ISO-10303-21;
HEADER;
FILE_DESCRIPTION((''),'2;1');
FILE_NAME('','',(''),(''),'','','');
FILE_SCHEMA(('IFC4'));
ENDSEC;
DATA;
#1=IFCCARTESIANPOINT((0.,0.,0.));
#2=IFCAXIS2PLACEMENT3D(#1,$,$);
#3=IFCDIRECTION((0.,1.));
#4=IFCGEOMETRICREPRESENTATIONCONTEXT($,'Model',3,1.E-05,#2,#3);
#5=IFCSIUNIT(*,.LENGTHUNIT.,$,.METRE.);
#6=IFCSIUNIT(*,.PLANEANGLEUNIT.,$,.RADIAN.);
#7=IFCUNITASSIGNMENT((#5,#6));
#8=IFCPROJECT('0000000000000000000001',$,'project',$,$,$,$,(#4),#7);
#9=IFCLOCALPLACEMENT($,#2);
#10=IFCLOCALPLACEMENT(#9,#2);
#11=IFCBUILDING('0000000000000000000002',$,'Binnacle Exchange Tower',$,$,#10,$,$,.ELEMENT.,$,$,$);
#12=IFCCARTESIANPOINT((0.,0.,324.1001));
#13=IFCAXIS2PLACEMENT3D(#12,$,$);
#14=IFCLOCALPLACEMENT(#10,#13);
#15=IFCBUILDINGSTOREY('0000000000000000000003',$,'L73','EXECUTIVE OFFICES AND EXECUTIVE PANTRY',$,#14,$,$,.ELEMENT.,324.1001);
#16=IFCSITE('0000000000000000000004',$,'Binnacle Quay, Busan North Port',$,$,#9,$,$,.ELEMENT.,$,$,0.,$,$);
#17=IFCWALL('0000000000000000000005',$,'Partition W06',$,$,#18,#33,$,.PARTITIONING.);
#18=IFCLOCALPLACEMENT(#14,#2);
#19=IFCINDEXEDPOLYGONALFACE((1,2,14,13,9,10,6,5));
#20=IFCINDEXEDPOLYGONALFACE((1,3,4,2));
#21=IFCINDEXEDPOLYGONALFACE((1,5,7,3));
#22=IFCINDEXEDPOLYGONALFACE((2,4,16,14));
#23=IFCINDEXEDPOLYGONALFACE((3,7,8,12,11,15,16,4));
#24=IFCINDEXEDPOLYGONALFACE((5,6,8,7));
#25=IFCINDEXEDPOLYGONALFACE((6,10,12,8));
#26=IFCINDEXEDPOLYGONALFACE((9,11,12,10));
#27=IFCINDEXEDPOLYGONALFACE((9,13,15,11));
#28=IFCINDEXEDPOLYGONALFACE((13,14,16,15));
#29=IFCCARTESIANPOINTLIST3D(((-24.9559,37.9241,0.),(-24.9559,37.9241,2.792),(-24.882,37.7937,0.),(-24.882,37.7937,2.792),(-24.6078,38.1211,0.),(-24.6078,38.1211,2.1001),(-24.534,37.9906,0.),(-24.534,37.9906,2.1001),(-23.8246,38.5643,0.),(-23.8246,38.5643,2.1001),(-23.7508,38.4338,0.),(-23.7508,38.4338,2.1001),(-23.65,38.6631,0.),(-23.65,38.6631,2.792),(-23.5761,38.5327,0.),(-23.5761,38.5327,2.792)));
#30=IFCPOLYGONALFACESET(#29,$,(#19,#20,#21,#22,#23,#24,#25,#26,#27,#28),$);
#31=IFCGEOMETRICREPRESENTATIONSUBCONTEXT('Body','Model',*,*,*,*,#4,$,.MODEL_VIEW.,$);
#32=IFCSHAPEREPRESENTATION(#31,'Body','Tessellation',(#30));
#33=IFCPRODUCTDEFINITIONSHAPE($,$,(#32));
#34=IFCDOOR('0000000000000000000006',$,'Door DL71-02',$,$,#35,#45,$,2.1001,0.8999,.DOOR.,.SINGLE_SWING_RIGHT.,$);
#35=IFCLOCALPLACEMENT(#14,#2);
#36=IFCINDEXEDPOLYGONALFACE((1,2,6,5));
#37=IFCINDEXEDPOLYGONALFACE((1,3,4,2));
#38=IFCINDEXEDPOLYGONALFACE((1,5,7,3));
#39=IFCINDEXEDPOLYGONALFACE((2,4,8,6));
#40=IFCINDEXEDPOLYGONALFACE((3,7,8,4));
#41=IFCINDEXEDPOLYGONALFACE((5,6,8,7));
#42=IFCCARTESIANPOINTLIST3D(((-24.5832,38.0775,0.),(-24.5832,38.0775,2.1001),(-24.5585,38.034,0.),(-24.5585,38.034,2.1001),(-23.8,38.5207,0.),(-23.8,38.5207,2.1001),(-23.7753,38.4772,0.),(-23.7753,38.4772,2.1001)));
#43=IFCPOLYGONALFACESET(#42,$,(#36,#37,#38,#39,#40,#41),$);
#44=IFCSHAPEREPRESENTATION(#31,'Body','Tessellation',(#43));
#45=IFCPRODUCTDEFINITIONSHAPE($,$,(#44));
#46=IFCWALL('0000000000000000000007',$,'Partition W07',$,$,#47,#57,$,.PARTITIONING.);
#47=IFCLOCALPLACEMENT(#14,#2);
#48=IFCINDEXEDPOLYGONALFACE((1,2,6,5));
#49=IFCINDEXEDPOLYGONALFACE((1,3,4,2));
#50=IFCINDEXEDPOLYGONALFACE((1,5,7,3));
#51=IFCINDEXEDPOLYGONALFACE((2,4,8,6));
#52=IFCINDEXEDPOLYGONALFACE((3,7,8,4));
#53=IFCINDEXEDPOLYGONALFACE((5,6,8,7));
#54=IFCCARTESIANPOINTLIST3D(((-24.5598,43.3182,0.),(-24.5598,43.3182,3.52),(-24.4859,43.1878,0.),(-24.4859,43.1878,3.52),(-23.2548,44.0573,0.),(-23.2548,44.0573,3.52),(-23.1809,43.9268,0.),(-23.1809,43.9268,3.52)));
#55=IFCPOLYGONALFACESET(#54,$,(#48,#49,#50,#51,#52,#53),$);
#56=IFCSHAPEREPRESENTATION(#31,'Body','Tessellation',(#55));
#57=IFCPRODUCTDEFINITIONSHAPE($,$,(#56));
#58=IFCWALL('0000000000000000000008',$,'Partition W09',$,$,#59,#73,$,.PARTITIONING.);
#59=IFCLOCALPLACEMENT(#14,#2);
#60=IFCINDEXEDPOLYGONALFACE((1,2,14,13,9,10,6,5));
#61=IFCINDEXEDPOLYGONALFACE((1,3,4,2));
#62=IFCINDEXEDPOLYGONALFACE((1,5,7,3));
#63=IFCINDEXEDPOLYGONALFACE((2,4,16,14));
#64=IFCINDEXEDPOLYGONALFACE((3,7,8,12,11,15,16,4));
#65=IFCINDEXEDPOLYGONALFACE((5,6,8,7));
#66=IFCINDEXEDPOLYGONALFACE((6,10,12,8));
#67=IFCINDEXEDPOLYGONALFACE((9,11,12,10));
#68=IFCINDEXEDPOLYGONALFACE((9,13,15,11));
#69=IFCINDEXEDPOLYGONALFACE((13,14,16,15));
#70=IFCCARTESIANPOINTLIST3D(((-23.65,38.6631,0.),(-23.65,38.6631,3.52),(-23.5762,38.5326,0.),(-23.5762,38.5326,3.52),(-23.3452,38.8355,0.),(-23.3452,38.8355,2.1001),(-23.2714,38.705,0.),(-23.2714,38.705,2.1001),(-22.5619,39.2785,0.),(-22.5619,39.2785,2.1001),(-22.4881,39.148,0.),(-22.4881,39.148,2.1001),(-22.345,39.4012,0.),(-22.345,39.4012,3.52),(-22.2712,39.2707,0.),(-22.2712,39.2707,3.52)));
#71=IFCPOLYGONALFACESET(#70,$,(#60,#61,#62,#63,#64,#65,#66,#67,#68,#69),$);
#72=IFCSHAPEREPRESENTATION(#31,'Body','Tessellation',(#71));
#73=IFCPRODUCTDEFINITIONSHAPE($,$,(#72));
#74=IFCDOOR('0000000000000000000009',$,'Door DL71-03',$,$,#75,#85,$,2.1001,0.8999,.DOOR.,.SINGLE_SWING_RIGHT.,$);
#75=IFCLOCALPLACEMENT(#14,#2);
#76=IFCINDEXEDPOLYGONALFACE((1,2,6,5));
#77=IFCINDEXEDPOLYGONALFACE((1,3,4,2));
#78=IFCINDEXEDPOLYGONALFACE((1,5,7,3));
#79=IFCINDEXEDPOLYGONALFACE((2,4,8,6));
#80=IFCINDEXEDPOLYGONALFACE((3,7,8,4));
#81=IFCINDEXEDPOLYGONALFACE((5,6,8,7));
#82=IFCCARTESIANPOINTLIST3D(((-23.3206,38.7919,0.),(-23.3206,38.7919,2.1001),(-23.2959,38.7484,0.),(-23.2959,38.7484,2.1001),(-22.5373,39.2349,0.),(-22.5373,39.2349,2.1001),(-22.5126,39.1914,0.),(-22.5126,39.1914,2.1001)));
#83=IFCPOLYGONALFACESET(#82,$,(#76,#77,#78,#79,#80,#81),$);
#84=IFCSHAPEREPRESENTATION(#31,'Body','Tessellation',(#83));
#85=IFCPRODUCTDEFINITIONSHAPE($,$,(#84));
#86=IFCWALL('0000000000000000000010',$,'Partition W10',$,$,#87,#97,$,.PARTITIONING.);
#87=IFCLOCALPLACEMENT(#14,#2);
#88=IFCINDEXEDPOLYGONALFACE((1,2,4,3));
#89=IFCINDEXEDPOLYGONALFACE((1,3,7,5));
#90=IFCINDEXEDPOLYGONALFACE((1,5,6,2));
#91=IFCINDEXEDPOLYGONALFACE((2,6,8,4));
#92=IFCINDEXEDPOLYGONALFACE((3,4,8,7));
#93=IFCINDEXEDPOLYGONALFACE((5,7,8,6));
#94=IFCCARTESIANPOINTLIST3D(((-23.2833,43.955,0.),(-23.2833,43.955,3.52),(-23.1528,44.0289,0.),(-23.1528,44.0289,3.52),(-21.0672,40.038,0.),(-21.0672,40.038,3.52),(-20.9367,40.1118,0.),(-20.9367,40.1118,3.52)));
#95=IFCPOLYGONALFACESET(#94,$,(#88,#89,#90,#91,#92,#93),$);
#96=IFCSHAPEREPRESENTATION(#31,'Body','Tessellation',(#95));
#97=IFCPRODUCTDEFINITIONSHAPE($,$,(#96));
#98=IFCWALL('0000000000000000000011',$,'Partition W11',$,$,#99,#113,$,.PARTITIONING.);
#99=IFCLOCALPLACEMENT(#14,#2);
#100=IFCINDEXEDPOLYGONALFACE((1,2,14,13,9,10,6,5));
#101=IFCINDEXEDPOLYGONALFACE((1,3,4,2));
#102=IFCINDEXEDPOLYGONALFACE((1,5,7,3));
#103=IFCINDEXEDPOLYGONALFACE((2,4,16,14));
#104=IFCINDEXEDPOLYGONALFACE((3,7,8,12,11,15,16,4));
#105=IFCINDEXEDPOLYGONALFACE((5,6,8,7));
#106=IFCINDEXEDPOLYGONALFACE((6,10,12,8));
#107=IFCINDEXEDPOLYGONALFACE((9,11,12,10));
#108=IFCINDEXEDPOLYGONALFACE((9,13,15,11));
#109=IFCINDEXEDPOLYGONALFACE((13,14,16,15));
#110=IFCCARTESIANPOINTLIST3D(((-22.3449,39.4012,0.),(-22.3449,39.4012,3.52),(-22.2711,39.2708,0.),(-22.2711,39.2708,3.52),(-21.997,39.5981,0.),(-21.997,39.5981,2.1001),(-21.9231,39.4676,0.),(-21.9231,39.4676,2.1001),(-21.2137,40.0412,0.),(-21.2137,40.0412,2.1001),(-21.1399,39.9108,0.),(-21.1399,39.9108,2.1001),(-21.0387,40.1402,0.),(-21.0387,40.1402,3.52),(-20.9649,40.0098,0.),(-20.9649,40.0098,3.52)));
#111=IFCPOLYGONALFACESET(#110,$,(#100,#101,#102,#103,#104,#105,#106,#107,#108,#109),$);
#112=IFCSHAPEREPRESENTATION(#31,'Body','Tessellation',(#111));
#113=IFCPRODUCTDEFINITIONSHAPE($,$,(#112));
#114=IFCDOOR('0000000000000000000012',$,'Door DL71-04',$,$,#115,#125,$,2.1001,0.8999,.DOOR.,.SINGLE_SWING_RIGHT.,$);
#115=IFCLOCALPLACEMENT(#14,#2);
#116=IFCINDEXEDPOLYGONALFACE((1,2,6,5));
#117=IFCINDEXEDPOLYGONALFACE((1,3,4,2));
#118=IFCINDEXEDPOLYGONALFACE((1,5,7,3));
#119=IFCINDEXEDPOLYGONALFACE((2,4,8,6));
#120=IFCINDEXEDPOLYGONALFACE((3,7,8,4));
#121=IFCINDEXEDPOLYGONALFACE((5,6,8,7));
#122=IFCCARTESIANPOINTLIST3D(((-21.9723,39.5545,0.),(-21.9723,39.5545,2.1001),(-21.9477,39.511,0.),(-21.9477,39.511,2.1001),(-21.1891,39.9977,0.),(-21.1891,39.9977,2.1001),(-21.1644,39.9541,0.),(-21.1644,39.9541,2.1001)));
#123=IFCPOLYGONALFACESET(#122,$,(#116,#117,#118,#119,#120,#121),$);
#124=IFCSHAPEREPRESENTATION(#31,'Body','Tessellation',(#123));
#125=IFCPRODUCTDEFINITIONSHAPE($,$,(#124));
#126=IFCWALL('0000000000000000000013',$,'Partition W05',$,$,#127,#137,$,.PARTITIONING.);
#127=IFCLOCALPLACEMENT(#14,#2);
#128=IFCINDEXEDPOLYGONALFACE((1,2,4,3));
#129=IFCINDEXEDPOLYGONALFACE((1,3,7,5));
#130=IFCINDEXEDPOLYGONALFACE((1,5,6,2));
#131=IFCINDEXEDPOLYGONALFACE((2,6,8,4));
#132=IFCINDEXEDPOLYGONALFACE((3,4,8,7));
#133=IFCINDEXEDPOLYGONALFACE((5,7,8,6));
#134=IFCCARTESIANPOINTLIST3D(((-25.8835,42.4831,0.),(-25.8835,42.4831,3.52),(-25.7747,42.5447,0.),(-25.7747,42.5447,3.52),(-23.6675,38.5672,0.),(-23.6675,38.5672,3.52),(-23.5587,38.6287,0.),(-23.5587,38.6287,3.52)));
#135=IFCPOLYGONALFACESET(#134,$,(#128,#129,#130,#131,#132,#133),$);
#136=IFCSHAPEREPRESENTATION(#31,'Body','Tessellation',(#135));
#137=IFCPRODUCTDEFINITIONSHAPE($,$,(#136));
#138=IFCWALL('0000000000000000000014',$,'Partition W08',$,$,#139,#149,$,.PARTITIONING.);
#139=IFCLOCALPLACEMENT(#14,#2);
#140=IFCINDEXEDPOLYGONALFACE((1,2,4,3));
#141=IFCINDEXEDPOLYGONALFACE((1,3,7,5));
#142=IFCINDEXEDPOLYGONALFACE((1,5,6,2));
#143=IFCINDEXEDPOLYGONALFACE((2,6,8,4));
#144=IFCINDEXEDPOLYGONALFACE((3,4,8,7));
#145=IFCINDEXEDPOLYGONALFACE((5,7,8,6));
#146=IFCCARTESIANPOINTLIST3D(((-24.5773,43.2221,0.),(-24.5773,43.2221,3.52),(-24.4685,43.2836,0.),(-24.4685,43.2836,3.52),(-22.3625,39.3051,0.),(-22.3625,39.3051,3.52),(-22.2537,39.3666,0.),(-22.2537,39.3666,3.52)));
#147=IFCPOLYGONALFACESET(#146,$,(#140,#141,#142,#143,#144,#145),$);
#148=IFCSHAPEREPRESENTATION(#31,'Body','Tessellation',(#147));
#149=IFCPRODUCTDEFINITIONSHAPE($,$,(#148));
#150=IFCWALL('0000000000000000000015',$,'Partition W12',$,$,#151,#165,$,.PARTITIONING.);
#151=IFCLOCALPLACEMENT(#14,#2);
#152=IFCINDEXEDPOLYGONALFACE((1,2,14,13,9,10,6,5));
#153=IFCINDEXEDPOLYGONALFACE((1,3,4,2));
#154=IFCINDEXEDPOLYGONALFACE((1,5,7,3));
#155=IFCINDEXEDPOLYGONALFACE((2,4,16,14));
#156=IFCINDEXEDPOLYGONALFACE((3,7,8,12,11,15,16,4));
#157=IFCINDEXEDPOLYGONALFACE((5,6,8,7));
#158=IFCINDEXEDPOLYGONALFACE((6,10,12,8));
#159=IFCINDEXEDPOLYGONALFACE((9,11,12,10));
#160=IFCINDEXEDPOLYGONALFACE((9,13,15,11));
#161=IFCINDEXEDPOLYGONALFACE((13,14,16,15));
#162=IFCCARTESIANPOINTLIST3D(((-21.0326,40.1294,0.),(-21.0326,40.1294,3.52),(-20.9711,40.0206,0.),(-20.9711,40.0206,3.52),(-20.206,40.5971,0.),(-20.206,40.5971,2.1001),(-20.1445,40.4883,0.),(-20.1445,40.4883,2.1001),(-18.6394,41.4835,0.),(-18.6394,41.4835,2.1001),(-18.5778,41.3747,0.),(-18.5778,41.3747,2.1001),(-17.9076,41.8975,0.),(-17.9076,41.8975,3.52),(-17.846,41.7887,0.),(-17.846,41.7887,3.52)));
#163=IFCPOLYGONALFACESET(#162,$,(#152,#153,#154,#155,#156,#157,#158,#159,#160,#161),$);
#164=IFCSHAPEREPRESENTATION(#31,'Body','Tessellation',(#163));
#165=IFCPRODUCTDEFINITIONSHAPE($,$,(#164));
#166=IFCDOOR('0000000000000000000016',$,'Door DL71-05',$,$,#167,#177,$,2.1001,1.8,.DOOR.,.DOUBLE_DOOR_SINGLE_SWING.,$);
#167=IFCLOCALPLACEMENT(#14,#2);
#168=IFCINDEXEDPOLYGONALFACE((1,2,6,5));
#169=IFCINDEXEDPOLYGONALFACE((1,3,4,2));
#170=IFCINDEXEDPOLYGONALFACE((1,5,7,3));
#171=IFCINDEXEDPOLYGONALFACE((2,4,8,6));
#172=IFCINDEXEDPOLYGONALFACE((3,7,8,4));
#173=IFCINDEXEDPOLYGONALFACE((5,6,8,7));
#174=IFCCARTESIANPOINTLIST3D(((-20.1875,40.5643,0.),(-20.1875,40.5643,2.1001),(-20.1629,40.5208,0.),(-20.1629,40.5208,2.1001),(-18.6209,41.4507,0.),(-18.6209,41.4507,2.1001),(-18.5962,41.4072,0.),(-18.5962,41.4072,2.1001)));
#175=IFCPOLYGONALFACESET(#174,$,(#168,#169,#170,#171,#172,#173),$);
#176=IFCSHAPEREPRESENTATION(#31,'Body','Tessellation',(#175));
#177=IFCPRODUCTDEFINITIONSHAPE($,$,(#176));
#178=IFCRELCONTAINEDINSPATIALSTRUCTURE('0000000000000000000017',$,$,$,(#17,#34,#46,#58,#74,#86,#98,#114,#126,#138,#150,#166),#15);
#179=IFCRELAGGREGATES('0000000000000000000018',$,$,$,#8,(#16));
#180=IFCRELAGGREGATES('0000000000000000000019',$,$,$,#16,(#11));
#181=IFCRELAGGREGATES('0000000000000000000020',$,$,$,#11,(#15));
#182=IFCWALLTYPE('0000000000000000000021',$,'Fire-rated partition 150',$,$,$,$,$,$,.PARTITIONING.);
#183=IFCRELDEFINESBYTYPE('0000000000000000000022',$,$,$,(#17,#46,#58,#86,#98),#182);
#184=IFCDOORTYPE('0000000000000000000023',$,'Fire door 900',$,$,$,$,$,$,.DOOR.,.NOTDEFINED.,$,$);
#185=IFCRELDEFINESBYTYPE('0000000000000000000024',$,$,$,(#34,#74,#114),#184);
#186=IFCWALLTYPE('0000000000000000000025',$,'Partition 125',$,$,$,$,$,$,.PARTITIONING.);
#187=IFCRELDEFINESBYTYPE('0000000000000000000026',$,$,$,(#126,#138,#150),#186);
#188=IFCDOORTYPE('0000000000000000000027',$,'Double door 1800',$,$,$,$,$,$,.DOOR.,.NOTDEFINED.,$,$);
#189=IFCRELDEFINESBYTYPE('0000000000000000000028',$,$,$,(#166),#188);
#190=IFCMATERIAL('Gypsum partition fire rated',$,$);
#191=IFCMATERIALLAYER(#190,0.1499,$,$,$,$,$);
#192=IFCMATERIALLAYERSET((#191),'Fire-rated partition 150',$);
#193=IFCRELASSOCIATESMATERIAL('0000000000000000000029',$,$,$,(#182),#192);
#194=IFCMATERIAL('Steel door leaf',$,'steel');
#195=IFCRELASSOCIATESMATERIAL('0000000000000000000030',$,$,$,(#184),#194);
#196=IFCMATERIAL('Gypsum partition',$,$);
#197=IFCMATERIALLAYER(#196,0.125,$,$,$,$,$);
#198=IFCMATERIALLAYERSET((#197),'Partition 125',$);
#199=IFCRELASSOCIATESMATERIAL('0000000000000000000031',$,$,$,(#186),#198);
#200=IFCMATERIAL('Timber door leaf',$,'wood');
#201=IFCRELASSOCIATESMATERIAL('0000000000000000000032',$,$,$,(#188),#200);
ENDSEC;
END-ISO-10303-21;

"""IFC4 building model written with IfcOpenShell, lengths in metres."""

from ifc_helpers import new_model, si_unit, direction, frame, frame_2d, origin, place, context, subcontext, project, spatial, rectangle, extrude, material, layer, layer_set, type_object, element, fill, save


model = new_model("IFC4")

# Units and contexts
model_context = context("Model", 3, precision=1e-05, world=origin(), true_north=direction((0.0, 1.0)))
body_context = subcontext(model_context, "Body", "Model", "MODEL_VIEW")
ifc_project = project(units=[si_unit("LENGTHUNIT", "METRE"), si_unit("PLANEANGLEUNIT", "RADIAN")], contexts=[model_context])

# Site, building, storey
site_placement = place(None, origin())
site = spatial("IfcSite", under=ifc_project, at=site_placement, Name="Binnacle Quay, Busan North Port", CompositionType="ELEMENT", RefElevation=0.0)
building_placement = place(site_placement, origin())
building = spatial("IfcBuilding", under=site, at=building_placement, Name="Binnacle Exchange Tower", CompositionType="ELEMENT")
storey_placement = place(building_placement, frame((0.0, 0.0, 324.1001)))
storey = spatial("IfcBuildingStorey", under=building, at=storey_placement, Name="L73", Description="EXECUTIVE OFFICES AND EXECUTIVE PANTRY", CompositionType="ELEMENT", Elevation=324.1001)

# Shared definitions
ifc_material_1 = material(Name="Steel door leaf", Category="steel")

# Shared definitions
ifc_material_2 = material(Name="Gypsum partition fire rated")
ifc_layer_1 = layer(ifc_material_2, 0.1499)
ifc_layer_set_1 = layer_set([ifc_layer_1], Name="Fire-rated partition 150")
wall_type_1 = type_object("IfcWallType", Name="Fire-rated partition 150", PredefinedType="PARTITIONING", material=ifc_layer_set_1)

# Wall, opening, door
wall_1_placement = place(storey_placement, frame((-24.9189, 37.8589, 0.0), z_axis=(0.0, 0.0, 1.0), x_axis=(0.870308, 0.492508, 0.0)))
wall_1 = element("IfcWall", 1, at=wall_1_placement, inside=storey, type_object=wall_type_1, Name="Partition W06", PredefinedType="PARTITIONING", context=body_context, shape_type="SweptSolid", body=[
    extrude(rectangle(XDim=1.5005, YDim=0.1499, at=frame_2d((0.7502, 0.0))), origin(), (0.0, 0.0, 1.0), 2.792),
])
opening_1_placement = place(wall_1_placement, frame((0.3999, 0.0, 0.0)))
opening_1 = element("IfcOpeningElement", 2, at=opening_1_placement, cuts=wall_1, PredefinedType="OPENING", context=body_context, shape_type="SweptSolid", body=[
    extrude(rectangle(XDim=0.8999, YDim=2.1001, at=frame_2d((0.45, 1.05))), frame((0.0, 0.085, 0.0), z_axis=(0.0, -1.0, 0.0), x_axis=(1.0, 0.0, 0.0)), (0.0, 0.0, 1.0), 0.1699),
])
door_type_1 = type_object("IfcDoorType", Name="Fire door 900", OperationType="NOTDEFINED", PredefinedType="DOOR", material=ifc_material_1)
door_1_placement = place(opening_1_placement, origin())
door_1 = element("IfcDoor", 3, at=door_1_placement, inside=storey, type_object=door_type_1, Name="Door DL71-02", OperationType="SINGLE_SWING_RIGHT", OverallHeight=2.1001, OverallWidth=0.8999, PredefinedType="DOOR", context=body_context, shape_type="SweptSolid", body=[
    extrude(rectangle(XDim=0.8999, YDim=2.1001, at=frame_2d((0.45, 1.05))), frame((0.0, 0.0249, 0.0), z_axis=(0.0, -1.0, 0.0), x_axis=(1.0, 0.0, 0.0)), (0.0, 0.0, 1.0), 0.05),
])
fill(opening_1, door_1)

# Wall
wall_2_placement = place(storey_placement, frame((-24.5229, 43.2529, 0.0), z_axis=(0.0, 0.0, 1.0), x_axis=(0.87015, 0.492787, 0.0)))
element("IfcWall", 4, at=wall_2_placement, inside=storey, type_object=wall_type_1, Name="Partition W07", PredefinedType="PARTITIONING", context=body_context, shape_type="SweptSolid", body=[
    extrude(rectangle(XDim=1.4998, YDim=0.1499, at=frame_2d((0.75, 0.0))), origin(), (0.0, 0.0, 1.0), 3.52),
])

# Wall, opening, door
wall_3_placement = place(storey_placement, frame((-23.613, 38.5979, 0.0), z_axis=(0.0, 0.0, 1.0), x_axis=(0.870429, 0.492293, 0.0)))
wall_3 = element("IfcWall", 5, at=wall_3_placement, inside=storey, type_object=wall_type_1, Name="Partition W09", PredefinedType="PARTITIONING", context=body_context, shape_type="SweptSolid", body=[
    extrude(rectangle(XDim=1.4993, YDim=0.1499, at=frame_2d((0.7495, 0.0))), origin(), (0.0, 0.0, 1.0), 3.52),
])
opening_2_placement = place(wall_3_placement, frame((0.3501, 0.0, 0.0)))
opening_2 = element("IfcOpeningElement", 6, at=opening_2_placement, cuts=wall_3, PredefinedType="OPENING", context=body_context, shape_type="SweptSolid", body=[
    extrude(rectangle(XDim=0.8999, YDim=2.1001, at=frame_2d((0.45, 1.05))), frame((0.0, 0.085, 0.0), z_axis=(0.0, -1.0, 0.0), x_axis=(1.0, 0.0, 0.0)), (0.0, 0.0, 1.0), 0.1699),
])
door_2_placement = place(opening_2_placement, origin())
door_2 = element("IfcDoor", 7, at=door_2_placement, inside=storey, type_object=door_type_1, Name="Door DL71-03", OperationType="SINGLE_SWING_RIGHT", OverallHeight=2.1001, OverallWidth=0.8999, PredefinedType="DOOR", context=body_context, shape_type="SweptSolid", body=[
    extrude(rectangle(XDim=0.8999, YDim=2.1001, at=frame_2d((0.45, 1.05))), frame((0.0, 0.0249, 0.0), z_axis=(0.0, -1.0, 0.0), x_axis=(1.0, 0.0, 0.0)), (0.0, 0.0, 1.0), 0.05),
])
fill(opening_2, door_2)

# Wall
wall_4_placement = place(storey_placement, frame((-23.218, 43.9919, 0.0), z_axis=(0.0, 0.0, 1.0), x_axis=(0.492413, -0.870362, 0.0)))
element("IfcWall", 8, at=wall_4_placement, inside=storey, type_object=wall_type_1, Name="Partition W10", PredefinedType="PARTITIONING", context=body_context, shape_type="SweptSolid", body=[
    extrude(rectangle(XDim=4.5005, YDim=0.1499, at=frame_2d((2.2502, 0.0))), origin(), (0.0, 0.0, 1.0), 3.52),
])

# Wall, opening, door
wall_5_placement = place(storey_placement, frame((-22.3081, 39.3359, 0.0), z_axis=(0.0, 0.0, 1.0), x_axis=(0.870348, 0.492438, 0.0)))
wall_5 = element("IfcWall", 9, at=wall_5_placement, inside=storey, type_object=wall_type_1, Name="Partition W11", PredefinedType="PARTITIONING", context=body_context, shape_type="SweptSolid", body=[
    extrude(rectangle(XDim=1.5007, YDim=0.1499, at=frame_2d((0.7505, 0.0))), origin(), (0.0, 0.0, 1.0), 3.52),
])
opening_3_placement = place(wall_5_placement, frame((0.3999, 0.0, 0.0)))
opening_3 = element("IfcOpeningElement", 10, at=opening_3_placement, cuts=wall_5, PredefinedType="OPENING", context=body_context, shape_type="SweptSolid", body=[
    extrude(rectangle(XDim=0.8999, YDim=2.1001, at=frame_2d((0.45, 1.05))), frame((0.0, 0.085, 0.0), z_axis=(0.0, -1.0, 0.0), x_axis=(1.0, 0.0, 0.0)), (0.0, 0.0, 1.0), 0.1699),
])
door_3_placement = place(opening_3_placement, origin())
door_3 = element("IfcDoor", 11, at=door_3_placement, inside=storey, type_object=door_type_1, Name="Door DL71-04", OperationType="SINGLE_SWING_RIGHT", OverallHeight=2.1001, OverallWidth=0.8999, PredefinedType="DOOR", context=body_context, shape_type="SweptSolid", body=[
    extrude(rectangle(XDim=0.8999, YDim=2.1001, at=frame_2d((0.45, 1.05))), frame((0.0, 0.0249, 0.0), z_axis=(0.0, -1.0, 0.0), x_axis=(1.0, 0.0, 0.0)), (0.0, 0.0, 1.0), 0.05),
])
fill(opening_3, door_3)

# Walls
ifc_material_3 = material(Name="Gypsum partition")
ifc_layer_2 = layer(ifc_material_3, 0.125)
ifc_layer_set_2 = layer_set([ifc_layer_2], Name="Partition 125")
wall_type_2 = type_object("IfcWallType", Name="Partition 125", PredefinedType="PARTITIONING", material=ifc_layer_set_2)
wall_6_placement = place(storey_placement, frame((-25.8291, 42.5139, 0.0), z_axis=(0.0, 0.0, 1.0), x_axis=(0.492506, -0.870309, 0.0)))
element("IfcWall", 12, at=wall_6_placement, inside=storey, type_object=wall_type_2, Name="Partition W05", PredefinedType="PARTITIONING", context=body_context, shape_type="SweptSolid", body=[
    extrude(rectangle(XDim=4.4995, YDim=0.125, at=frame_2d((2.2498, 0.0))), origin(), (0.0, 0.0, 1.0), 3.52),
])
wall_7_placement = place(storey_placement, frame((-24.5229, 43.2529, 0.0), z_axis=(0.0, 0.0, 1.0), x_axis=(0.492207, -0.870478, 0.0)))
element("IfcWall", 13, at=wall_7_placement, inside=storey, type_object=wall_type_2, Name="Partition W08", PredefinedType="PARTITIONING", context=body_context, shape_type="SweptSolid", body=[
    extrude(rectangle(XDim=4.4998, YDim=0.125, at=frame_2d((2.25, 0.0))), origin(), (0.0, 0.0, 1.0), 3.52),
])

# Wall, opening, door
wall_8_placement = place(storey_placement, frame((-21.002, 40.075, 0.0), z_axis=(0.0, 0.0, 1.0), x_axis=(0.870353, 0.492429, 0.0)))
wall_8 = element("IfcWall", 14, at=wall_8_placement, inside=storey, type_object=wall_type_2, Name="Partition W12", PredefinedType="PARTITIONING", context=body_context, shape_type="SweptSolid", body=[
    extrude(rectangle(XDim=3.5906, YDim=0.125, at=frame_2d((1.7954, 0.0))), origin(), (0.0, 0.0, 1.0), 3.52),
])
opening_4_placement = place(wall_8_placement, frame((0.95, 0.0, 0.0)))
opening_4 = element("IfcOpeningElement", 15, at=opening_4_placement, cuts=wall_8, PredefinedType="OPENING", context=body_context, shape_type="SweptSolid", body=[
    extrude(rectangle(XDim=1.8, YDim=2.1001, at=frame_2d((0.8999, 1.05))), frame((0.0, 0.0725, 0.0), z_axis=(0.0, -1.0, 0.0), x_axis=(1.0, 0.0, 0.0)), (0.0, 0.0, 1.0), 0.145),
])
ifc_material_4 = material(Name="Timber door leaf", Category="wood")
door_type_2 = type_object("IfcDoorType", Name="Double door 1800", OperationType="NOTDEFINED", PredefinedType="DOOR", material=ifc_material_4)
door_4_placement = place(opening_4_placement, origin())
door_4 = element("IfcDoor", 16, at=door_4_placement, inside=storey, type_object=door_type_2, Name="Door DL71-05", OperationType="DOUBLE_DOOR_SINGLE_SWING", OverallHeight=2.1001, OverallWidth=1.8, PredefinedType="DOOR", context=body_context, shape_type="SweptSolid", body=[
    extrude(rectangle(XDim=1.8, YDim=2.1001, at=frame_2d((0.8999, 1.05))), frame((0.0, 0.0249, 0.0), z_axis=(0.0, -1.0, 0.0), x_axis=(1.0, 0.0, 0.0)), (0.0, 0.0, 1.0), 0.05),
])
fill(opening_4, door_4)

save(model, "model.ifc")
